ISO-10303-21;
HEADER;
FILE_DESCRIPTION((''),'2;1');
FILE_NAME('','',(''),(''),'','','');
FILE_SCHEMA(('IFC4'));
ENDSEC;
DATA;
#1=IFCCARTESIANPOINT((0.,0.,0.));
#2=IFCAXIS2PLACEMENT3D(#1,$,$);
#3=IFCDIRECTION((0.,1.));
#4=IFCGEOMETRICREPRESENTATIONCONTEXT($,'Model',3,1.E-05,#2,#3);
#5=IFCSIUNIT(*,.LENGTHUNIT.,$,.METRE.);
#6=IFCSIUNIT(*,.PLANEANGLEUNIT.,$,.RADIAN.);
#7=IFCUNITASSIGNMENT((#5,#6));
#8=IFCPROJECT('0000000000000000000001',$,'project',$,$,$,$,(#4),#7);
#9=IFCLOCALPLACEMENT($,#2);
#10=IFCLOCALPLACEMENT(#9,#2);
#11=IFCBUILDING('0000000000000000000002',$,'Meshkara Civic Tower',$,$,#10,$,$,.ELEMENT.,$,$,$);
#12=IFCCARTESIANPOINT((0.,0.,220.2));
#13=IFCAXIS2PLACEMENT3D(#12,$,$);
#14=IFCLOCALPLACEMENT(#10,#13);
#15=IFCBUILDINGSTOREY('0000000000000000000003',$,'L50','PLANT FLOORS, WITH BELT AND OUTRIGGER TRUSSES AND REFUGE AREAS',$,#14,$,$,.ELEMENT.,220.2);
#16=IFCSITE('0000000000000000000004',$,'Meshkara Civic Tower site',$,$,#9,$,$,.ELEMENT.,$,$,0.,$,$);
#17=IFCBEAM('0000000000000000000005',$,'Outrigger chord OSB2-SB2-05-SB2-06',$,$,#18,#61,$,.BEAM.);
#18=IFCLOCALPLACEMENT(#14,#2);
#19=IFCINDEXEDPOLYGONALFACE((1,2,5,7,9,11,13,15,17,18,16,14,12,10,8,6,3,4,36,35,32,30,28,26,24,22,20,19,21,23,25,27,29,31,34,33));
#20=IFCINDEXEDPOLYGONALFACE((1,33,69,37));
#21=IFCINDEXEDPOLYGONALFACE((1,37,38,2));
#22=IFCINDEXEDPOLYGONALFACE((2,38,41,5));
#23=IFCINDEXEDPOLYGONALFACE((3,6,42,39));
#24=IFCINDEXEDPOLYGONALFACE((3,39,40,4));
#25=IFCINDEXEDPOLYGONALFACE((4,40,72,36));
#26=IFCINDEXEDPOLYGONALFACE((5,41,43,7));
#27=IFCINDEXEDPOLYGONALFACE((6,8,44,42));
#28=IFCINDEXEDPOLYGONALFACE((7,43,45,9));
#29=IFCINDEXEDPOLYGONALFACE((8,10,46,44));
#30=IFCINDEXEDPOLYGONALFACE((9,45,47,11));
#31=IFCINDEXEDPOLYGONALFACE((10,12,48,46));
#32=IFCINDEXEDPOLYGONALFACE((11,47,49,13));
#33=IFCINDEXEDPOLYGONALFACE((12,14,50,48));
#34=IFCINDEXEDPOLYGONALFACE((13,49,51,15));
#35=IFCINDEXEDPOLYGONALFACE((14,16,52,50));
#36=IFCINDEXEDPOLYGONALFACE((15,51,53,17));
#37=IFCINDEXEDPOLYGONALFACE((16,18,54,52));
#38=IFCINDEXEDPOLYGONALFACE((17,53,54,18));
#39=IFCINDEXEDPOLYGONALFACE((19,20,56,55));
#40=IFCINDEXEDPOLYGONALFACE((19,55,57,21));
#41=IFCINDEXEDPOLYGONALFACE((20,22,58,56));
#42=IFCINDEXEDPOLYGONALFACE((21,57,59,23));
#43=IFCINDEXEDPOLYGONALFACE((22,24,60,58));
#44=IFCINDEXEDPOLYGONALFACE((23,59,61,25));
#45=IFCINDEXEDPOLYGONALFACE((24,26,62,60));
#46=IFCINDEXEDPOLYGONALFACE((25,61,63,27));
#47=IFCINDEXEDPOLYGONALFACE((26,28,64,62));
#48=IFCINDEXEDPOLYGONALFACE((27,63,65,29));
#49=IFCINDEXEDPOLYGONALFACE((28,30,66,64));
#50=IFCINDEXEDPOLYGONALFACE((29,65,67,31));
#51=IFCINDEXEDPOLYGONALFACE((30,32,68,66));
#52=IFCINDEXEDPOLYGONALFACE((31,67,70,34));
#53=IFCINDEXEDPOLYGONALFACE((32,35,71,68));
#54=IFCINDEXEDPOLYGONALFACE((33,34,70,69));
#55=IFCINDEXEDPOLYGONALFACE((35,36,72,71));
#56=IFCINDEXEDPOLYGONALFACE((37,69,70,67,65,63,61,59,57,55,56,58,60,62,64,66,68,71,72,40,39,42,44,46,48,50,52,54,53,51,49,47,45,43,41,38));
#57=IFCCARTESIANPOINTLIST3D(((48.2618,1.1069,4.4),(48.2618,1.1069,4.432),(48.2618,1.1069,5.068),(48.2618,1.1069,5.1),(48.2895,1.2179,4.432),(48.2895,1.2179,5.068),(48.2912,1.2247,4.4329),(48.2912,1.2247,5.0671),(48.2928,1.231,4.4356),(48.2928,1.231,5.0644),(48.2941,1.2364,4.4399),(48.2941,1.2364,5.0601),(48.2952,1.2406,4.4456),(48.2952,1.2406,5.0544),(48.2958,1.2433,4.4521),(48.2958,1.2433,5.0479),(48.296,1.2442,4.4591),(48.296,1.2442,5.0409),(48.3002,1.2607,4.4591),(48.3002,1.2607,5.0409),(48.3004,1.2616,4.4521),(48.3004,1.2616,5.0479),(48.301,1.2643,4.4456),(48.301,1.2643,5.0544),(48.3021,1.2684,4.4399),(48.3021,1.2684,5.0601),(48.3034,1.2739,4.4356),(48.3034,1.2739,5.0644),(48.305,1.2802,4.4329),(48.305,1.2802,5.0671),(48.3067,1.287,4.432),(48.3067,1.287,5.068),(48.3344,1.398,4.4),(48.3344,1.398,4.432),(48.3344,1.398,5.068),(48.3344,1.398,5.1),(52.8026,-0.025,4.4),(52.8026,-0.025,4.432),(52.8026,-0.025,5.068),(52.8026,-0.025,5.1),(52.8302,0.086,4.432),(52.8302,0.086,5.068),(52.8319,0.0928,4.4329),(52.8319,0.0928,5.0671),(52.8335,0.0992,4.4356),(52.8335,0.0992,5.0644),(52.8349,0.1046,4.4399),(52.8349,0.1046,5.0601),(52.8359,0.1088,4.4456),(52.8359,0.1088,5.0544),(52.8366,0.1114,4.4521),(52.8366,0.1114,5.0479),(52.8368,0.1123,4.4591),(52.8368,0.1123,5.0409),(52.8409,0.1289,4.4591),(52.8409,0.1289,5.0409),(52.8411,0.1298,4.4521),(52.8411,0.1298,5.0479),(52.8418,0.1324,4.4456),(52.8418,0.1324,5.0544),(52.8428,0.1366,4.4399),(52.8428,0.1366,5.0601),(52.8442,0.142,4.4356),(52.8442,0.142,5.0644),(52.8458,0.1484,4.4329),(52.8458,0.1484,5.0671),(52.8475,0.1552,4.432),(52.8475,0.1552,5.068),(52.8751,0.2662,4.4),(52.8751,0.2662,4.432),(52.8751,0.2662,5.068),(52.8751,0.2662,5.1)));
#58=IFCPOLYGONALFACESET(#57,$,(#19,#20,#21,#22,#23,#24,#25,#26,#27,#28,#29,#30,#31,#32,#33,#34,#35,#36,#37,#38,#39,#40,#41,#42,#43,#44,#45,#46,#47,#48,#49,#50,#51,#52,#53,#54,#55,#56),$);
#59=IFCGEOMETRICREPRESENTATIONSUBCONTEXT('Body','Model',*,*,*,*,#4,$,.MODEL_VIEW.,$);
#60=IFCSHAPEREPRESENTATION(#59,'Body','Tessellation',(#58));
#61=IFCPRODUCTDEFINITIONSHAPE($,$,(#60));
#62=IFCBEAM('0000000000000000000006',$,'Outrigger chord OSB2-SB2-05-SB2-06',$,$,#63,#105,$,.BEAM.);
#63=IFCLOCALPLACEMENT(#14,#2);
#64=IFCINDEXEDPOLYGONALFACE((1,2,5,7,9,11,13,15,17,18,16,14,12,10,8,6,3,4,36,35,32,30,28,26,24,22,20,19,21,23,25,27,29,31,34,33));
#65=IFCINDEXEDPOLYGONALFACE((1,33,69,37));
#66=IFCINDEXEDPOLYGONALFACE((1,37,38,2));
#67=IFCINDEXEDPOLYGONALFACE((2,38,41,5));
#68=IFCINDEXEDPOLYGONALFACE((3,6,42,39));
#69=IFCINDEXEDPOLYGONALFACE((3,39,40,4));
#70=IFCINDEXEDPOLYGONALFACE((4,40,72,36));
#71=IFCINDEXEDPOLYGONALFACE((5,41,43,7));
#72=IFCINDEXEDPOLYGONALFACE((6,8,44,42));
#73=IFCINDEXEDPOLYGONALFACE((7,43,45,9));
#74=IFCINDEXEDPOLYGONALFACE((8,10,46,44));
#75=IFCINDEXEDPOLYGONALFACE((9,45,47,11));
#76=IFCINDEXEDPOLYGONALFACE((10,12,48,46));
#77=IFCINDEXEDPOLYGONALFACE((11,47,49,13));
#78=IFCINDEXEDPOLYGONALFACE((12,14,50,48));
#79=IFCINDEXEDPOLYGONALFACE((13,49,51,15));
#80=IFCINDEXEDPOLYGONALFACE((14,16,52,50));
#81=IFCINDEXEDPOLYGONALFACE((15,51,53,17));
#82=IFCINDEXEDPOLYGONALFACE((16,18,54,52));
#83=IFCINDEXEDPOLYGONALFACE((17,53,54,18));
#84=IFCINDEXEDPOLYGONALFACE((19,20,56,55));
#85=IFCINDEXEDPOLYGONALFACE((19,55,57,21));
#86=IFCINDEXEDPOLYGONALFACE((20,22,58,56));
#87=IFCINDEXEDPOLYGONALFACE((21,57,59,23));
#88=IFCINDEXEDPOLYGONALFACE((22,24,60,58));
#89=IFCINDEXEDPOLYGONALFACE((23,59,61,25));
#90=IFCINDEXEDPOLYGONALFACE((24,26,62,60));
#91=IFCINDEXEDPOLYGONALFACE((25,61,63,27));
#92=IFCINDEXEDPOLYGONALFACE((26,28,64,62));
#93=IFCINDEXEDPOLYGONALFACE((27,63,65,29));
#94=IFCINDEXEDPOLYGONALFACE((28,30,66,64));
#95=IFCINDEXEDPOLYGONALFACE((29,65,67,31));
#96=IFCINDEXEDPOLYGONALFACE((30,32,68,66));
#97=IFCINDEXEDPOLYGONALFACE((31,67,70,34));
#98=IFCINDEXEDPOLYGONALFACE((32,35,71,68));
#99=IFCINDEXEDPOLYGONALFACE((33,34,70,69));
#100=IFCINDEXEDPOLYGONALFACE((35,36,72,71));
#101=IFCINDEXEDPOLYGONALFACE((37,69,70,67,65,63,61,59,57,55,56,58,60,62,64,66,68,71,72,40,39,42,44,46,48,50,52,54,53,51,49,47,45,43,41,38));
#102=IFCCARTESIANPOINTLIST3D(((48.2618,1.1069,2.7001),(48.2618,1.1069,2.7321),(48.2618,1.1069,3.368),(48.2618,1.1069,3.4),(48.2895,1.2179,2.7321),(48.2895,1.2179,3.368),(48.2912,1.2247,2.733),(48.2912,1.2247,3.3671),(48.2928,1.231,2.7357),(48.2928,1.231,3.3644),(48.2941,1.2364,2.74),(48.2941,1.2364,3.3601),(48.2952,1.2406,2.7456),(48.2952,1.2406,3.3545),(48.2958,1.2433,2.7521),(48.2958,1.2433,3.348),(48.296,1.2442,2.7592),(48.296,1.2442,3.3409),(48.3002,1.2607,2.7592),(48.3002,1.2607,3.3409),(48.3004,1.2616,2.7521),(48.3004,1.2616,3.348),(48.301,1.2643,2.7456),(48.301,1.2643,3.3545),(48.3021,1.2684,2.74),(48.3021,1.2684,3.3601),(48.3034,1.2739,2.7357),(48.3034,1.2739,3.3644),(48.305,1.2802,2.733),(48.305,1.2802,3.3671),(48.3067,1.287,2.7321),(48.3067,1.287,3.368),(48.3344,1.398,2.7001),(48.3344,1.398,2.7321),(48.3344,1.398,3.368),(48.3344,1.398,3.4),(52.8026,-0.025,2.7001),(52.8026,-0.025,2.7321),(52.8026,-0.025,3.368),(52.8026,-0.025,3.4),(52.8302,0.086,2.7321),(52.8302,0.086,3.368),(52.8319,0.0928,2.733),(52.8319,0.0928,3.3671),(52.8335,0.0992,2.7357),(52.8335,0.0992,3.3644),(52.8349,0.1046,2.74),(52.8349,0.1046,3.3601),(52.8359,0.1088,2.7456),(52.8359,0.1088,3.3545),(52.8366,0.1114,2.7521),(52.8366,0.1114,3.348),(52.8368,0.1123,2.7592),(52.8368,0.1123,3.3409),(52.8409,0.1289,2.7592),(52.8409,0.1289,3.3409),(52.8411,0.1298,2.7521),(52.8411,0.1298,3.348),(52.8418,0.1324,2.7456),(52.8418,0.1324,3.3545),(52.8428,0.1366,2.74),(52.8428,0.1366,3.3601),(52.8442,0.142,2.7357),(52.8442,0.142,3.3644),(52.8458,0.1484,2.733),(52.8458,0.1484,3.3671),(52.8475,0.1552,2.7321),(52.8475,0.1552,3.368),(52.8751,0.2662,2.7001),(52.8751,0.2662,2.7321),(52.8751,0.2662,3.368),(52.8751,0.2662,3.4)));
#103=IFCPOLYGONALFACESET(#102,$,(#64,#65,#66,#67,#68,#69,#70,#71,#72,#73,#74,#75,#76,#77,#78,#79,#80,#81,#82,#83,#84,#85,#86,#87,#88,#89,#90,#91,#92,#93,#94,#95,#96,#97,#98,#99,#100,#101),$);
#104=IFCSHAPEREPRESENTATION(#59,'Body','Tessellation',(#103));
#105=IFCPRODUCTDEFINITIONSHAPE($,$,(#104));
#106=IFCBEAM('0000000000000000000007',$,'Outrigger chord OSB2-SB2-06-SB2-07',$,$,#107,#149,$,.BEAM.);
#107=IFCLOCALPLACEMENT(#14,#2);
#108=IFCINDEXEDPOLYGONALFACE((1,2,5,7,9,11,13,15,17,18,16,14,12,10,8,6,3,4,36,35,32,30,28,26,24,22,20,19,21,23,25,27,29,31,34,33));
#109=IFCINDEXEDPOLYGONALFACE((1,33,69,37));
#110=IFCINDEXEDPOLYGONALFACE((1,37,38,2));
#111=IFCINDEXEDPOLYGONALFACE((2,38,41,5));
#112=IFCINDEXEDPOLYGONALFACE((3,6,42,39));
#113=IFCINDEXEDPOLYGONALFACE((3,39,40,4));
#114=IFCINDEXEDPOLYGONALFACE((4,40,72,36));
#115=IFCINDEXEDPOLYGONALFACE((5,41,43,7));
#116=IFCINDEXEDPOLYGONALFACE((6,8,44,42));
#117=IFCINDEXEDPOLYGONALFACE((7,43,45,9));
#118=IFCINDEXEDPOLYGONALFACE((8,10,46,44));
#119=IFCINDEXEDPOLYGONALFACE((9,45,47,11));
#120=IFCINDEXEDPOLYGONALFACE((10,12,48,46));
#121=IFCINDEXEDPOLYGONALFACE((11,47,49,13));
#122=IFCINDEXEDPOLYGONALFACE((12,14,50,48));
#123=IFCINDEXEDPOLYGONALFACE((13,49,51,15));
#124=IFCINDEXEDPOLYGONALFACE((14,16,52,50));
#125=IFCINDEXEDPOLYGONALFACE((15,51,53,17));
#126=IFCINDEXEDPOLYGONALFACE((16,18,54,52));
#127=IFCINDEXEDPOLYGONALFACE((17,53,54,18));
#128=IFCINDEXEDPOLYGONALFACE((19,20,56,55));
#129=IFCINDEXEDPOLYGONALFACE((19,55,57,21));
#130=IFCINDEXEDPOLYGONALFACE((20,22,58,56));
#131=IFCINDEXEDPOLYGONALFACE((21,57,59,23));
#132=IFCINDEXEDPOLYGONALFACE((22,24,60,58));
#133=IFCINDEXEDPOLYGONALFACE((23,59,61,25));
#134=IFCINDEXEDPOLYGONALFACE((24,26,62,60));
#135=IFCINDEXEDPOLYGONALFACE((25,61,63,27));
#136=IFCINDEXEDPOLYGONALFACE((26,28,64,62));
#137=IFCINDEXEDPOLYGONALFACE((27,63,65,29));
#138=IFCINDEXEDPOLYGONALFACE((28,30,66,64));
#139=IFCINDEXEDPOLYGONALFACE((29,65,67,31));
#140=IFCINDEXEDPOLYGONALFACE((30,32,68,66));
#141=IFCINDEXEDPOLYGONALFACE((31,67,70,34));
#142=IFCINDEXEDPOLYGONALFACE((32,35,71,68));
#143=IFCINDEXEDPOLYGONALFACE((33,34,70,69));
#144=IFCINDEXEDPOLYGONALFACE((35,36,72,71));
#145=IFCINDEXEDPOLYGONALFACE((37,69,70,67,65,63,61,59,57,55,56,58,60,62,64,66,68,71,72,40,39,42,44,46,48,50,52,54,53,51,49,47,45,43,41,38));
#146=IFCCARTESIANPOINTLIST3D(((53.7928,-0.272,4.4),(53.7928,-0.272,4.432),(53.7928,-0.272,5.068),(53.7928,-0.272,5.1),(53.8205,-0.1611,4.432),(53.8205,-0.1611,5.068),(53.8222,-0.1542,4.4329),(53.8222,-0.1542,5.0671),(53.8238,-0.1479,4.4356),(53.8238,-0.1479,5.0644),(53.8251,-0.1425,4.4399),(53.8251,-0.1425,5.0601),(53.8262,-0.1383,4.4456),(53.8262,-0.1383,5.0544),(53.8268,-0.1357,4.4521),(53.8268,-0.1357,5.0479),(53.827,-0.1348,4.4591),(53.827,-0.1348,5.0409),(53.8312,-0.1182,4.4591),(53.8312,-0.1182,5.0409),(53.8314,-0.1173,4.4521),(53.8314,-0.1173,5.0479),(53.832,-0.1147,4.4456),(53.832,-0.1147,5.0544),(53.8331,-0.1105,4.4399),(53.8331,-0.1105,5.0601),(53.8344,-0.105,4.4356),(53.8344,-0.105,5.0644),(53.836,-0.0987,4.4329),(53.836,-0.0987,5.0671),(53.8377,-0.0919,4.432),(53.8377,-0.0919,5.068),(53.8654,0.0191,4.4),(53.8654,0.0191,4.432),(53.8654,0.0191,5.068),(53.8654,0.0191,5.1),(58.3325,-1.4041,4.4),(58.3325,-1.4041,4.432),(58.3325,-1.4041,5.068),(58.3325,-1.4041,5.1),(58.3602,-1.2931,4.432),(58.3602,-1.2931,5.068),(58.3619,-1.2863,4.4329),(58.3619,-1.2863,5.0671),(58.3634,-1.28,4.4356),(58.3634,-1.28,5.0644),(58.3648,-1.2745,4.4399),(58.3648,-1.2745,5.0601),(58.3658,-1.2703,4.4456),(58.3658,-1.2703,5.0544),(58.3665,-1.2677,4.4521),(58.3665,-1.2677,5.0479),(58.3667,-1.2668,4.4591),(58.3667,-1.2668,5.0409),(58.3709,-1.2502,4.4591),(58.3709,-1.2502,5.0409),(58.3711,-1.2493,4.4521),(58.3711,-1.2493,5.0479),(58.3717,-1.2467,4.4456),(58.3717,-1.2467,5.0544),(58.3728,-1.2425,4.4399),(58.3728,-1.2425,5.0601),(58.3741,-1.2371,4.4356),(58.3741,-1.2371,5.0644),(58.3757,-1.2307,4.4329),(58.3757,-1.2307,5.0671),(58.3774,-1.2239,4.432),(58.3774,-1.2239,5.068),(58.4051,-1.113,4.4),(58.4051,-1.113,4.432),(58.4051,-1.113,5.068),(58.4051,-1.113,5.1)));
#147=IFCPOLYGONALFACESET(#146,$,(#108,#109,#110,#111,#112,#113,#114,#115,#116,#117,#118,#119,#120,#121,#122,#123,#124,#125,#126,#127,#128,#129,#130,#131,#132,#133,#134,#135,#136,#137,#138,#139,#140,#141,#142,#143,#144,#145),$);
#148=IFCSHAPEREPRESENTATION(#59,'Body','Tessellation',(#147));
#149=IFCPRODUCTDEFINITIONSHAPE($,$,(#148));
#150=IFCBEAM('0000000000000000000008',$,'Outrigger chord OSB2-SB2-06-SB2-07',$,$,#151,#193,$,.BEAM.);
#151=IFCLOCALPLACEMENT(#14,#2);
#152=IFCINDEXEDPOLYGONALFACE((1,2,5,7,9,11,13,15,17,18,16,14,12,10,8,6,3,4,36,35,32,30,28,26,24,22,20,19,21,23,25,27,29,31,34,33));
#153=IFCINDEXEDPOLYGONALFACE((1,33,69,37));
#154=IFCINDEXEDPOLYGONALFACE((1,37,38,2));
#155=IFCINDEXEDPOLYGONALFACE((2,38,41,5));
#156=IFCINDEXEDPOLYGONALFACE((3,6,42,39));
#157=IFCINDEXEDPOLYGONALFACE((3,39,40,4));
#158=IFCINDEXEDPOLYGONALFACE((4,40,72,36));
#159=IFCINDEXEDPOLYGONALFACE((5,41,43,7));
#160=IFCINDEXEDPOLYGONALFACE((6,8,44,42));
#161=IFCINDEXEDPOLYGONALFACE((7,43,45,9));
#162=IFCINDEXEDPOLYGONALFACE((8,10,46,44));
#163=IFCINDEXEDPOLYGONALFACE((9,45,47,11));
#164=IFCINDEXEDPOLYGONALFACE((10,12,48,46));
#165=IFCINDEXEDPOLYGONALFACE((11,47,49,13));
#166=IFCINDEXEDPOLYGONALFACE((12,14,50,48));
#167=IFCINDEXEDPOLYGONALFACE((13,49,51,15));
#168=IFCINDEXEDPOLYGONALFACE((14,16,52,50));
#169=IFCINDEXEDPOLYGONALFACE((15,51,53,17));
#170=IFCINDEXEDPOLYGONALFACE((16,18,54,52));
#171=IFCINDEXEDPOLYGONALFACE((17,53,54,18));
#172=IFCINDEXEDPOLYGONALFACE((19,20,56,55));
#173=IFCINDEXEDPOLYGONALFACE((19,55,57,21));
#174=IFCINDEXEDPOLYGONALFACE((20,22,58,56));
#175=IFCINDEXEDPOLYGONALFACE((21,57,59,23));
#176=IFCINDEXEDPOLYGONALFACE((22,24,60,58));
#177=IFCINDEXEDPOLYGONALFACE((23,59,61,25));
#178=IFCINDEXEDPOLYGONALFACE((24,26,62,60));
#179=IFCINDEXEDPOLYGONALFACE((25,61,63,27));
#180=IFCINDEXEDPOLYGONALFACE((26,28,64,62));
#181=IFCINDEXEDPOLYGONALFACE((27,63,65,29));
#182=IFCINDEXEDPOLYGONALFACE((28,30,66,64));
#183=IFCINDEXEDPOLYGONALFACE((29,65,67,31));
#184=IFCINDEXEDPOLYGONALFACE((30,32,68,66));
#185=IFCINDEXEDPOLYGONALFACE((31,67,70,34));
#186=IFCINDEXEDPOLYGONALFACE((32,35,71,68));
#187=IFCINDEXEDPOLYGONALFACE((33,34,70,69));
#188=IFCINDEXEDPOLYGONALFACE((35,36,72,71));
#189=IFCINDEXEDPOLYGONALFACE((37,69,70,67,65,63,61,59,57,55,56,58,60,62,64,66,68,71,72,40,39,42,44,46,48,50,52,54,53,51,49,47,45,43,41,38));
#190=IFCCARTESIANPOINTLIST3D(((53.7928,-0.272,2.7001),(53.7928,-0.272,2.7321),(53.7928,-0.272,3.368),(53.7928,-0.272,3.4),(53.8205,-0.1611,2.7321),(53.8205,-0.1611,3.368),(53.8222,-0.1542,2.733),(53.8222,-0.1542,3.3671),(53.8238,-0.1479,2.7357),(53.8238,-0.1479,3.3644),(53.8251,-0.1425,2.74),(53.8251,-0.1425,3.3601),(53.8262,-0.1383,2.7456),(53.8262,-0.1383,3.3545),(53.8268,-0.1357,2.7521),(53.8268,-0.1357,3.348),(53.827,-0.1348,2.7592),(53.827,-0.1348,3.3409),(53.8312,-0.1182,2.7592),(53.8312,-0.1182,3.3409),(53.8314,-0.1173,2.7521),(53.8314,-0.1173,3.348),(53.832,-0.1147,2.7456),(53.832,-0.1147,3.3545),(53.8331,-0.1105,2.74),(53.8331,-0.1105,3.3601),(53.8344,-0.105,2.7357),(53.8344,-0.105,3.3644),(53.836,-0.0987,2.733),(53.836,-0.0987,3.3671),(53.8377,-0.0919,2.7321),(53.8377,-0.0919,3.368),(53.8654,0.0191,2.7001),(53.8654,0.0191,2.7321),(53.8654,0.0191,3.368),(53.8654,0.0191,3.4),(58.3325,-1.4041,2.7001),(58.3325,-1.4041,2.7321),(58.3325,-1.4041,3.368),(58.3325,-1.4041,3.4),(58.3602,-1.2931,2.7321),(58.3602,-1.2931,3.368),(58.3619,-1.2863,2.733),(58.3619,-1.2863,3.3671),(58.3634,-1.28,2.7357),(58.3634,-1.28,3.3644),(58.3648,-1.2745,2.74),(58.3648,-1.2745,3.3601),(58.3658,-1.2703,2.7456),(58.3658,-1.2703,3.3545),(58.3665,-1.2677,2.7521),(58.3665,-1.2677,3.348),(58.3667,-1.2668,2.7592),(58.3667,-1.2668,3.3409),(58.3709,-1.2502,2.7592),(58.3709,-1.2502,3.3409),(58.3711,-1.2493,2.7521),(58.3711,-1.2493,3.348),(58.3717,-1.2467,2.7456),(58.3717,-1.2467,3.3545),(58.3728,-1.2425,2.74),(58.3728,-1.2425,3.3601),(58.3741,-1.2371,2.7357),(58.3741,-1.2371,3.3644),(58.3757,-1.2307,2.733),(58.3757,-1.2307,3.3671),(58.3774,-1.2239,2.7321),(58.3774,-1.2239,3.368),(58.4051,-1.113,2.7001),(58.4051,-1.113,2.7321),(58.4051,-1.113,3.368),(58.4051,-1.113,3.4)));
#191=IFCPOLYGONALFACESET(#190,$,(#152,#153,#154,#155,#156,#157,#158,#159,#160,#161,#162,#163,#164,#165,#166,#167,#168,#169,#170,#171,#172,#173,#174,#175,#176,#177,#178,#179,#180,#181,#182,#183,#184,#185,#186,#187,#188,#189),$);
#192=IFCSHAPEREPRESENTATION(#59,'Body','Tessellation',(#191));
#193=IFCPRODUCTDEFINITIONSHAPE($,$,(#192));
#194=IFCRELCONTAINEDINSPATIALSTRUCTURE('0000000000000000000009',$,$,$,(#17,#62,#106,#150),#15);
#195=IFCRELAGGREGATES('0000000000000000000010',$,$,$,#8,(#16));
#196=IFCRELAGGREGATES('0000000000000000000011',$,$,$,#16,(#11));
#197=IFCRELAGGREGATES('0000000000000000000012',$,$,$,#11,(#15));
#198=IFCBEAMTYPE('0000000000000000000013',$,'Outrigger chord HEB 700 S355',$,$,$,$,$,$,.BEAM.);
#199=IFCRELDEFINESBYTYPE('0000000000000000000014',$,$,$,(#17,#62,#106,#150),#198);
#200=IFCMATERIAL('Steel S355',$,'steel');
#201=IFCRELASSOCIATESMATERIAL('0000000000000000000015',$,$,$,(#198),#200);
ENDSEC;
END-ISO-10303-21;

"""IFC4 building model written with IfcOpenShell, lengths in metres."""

from ifc_helpers import new_model, si_unit, direction, frame, origin, origin_2d, place, context, subcontext, project, spatial, i_section, extrude, material, material_profile, profile_set, type_object, element, save


model = new_model("IFC4")

# Units and contexts
model_context = context("Model", 3, precision=1e-05, world=origin(), true_north=direction((0.0, 1.0)))
body_context = subcontext(model_context, "Body", "Model", "MODEL_VIEW")
ifc_project = project(units=[si_unit("LENGTHUNIT", "METRE"), si_unit("PLANEANGLEUNIT", "RADIAN")], contexts=[model_context])

# Site, building, storey
site_placement = place(None, origin())
site = spatial("IfcSite", under=ifc_project, at=site_placement, Name="Meshkara Civic Tower site", CompositionType="ELEMENT", RefElevation=0.0)
building_placement = place(site_placement, origin())
building = spatial("IfcBuilding", under=site, at=building_placement, Name="Meshkara Civic Tower", CompositionType="ELEMENT")
storey_placement = place(building_placement, frame((0.0, 0.0, 220.2)))
storey = spatial("IfcBuildingStorey", under=building, at=storey_placement, Name="L50", Description="PLANT FLOORS, WITH BELT AND OUTRIGGER TRUSSES AND REFUGE AREAS", CompositionType="ELEMENT", Elevation=220.2)

# Beams
ifc_material_1 = material(Name="Steel S355", Category="steel")
ifc_material_profile_1 = material_profile(ifc_material_1, i_section(OverallWidth=0.3, OverallDepth=0.7, WebThickness=0.0171, FlangeThickness=0.032, FilletRadius=0.0271, at=origin_2d()))
ifc_profile_set_1 = profile_set([ifc_material_profile_1], Name="Steel S355")
beam_type_1 = type_object("IfcBeamType", Name="Outrigger chord HEB 700 S355", PredefinedType="BEAM", material=ifc_profile_set_1)
for number, where, z_axis, x_axis, name in (
    (1, (48.2981, 1.2524, 4.75), (0.970311, -0.24186, 0.0), (0.24186, 0.970311, 0.0), "Outrigger chord OSB2-SB2-05-SB2-06"),
    (2, (48.2981, 1.2524, 3.05), (0.970311, -0.24186, 0.0), (0.24186, 0.970311, 0.0), "Outrigger chord OSB2-SB2-05-SB2-06"),
):
    element("IfcBeam", number, at=place(storey_placement, frame(where, z_axis=z_axis, x_axis=x_axis)), inside=storey, type_object=beam_type_1, Name=name, PredefinedType="BEAM", context=body_context, shape_type="SweptSolid", body=[
        extrude(i_section(OverallWidth=0.3, OverallDepth=0.7, WebThickness=0.0171, FlangeThickness=0.032, FilletRadius=0.0271, at=origin_2d()), origin(), (0.0, 0.0, 1.0), 4.6797),
    ])
for number, where, z_axis, x_axis, name in (
    (3, (53.8291, -0.1265, 4.75), (0.970287, -0.241959, 0.0), (0.241959, 0.970287, 0.0), "Outrigger chord OSB2-SB2-06-SB2-07"),
    (4, (53.8291, -0.1265, 3.05), (0.970287, -0.241959, 0.0), (0.241959, 0.970287, 0.0), "Outrigger chord OSB2-SB2-06-SB2-07"),
):
    element("IfcBeam", number, at=place(storey_placement, frame(where, z_axis=z_axis, x_axis=x_axis)), inside=storey, type_object=beam_type_1, Name=name, PredefinedType="BEAM", context=body_context, shape_type="SweptSolid", body=[
        extrude(i_section(OverallWidth=0.3, OverallDepth=0.7, WebThickness=0.0171, FlangeThickness=0.032, FilletRadius=0.0271, at=origin_2d()), origin(), (0.0, 0.0, 1.0), 4.6787),
    ])

save(model, "model.ifc")
